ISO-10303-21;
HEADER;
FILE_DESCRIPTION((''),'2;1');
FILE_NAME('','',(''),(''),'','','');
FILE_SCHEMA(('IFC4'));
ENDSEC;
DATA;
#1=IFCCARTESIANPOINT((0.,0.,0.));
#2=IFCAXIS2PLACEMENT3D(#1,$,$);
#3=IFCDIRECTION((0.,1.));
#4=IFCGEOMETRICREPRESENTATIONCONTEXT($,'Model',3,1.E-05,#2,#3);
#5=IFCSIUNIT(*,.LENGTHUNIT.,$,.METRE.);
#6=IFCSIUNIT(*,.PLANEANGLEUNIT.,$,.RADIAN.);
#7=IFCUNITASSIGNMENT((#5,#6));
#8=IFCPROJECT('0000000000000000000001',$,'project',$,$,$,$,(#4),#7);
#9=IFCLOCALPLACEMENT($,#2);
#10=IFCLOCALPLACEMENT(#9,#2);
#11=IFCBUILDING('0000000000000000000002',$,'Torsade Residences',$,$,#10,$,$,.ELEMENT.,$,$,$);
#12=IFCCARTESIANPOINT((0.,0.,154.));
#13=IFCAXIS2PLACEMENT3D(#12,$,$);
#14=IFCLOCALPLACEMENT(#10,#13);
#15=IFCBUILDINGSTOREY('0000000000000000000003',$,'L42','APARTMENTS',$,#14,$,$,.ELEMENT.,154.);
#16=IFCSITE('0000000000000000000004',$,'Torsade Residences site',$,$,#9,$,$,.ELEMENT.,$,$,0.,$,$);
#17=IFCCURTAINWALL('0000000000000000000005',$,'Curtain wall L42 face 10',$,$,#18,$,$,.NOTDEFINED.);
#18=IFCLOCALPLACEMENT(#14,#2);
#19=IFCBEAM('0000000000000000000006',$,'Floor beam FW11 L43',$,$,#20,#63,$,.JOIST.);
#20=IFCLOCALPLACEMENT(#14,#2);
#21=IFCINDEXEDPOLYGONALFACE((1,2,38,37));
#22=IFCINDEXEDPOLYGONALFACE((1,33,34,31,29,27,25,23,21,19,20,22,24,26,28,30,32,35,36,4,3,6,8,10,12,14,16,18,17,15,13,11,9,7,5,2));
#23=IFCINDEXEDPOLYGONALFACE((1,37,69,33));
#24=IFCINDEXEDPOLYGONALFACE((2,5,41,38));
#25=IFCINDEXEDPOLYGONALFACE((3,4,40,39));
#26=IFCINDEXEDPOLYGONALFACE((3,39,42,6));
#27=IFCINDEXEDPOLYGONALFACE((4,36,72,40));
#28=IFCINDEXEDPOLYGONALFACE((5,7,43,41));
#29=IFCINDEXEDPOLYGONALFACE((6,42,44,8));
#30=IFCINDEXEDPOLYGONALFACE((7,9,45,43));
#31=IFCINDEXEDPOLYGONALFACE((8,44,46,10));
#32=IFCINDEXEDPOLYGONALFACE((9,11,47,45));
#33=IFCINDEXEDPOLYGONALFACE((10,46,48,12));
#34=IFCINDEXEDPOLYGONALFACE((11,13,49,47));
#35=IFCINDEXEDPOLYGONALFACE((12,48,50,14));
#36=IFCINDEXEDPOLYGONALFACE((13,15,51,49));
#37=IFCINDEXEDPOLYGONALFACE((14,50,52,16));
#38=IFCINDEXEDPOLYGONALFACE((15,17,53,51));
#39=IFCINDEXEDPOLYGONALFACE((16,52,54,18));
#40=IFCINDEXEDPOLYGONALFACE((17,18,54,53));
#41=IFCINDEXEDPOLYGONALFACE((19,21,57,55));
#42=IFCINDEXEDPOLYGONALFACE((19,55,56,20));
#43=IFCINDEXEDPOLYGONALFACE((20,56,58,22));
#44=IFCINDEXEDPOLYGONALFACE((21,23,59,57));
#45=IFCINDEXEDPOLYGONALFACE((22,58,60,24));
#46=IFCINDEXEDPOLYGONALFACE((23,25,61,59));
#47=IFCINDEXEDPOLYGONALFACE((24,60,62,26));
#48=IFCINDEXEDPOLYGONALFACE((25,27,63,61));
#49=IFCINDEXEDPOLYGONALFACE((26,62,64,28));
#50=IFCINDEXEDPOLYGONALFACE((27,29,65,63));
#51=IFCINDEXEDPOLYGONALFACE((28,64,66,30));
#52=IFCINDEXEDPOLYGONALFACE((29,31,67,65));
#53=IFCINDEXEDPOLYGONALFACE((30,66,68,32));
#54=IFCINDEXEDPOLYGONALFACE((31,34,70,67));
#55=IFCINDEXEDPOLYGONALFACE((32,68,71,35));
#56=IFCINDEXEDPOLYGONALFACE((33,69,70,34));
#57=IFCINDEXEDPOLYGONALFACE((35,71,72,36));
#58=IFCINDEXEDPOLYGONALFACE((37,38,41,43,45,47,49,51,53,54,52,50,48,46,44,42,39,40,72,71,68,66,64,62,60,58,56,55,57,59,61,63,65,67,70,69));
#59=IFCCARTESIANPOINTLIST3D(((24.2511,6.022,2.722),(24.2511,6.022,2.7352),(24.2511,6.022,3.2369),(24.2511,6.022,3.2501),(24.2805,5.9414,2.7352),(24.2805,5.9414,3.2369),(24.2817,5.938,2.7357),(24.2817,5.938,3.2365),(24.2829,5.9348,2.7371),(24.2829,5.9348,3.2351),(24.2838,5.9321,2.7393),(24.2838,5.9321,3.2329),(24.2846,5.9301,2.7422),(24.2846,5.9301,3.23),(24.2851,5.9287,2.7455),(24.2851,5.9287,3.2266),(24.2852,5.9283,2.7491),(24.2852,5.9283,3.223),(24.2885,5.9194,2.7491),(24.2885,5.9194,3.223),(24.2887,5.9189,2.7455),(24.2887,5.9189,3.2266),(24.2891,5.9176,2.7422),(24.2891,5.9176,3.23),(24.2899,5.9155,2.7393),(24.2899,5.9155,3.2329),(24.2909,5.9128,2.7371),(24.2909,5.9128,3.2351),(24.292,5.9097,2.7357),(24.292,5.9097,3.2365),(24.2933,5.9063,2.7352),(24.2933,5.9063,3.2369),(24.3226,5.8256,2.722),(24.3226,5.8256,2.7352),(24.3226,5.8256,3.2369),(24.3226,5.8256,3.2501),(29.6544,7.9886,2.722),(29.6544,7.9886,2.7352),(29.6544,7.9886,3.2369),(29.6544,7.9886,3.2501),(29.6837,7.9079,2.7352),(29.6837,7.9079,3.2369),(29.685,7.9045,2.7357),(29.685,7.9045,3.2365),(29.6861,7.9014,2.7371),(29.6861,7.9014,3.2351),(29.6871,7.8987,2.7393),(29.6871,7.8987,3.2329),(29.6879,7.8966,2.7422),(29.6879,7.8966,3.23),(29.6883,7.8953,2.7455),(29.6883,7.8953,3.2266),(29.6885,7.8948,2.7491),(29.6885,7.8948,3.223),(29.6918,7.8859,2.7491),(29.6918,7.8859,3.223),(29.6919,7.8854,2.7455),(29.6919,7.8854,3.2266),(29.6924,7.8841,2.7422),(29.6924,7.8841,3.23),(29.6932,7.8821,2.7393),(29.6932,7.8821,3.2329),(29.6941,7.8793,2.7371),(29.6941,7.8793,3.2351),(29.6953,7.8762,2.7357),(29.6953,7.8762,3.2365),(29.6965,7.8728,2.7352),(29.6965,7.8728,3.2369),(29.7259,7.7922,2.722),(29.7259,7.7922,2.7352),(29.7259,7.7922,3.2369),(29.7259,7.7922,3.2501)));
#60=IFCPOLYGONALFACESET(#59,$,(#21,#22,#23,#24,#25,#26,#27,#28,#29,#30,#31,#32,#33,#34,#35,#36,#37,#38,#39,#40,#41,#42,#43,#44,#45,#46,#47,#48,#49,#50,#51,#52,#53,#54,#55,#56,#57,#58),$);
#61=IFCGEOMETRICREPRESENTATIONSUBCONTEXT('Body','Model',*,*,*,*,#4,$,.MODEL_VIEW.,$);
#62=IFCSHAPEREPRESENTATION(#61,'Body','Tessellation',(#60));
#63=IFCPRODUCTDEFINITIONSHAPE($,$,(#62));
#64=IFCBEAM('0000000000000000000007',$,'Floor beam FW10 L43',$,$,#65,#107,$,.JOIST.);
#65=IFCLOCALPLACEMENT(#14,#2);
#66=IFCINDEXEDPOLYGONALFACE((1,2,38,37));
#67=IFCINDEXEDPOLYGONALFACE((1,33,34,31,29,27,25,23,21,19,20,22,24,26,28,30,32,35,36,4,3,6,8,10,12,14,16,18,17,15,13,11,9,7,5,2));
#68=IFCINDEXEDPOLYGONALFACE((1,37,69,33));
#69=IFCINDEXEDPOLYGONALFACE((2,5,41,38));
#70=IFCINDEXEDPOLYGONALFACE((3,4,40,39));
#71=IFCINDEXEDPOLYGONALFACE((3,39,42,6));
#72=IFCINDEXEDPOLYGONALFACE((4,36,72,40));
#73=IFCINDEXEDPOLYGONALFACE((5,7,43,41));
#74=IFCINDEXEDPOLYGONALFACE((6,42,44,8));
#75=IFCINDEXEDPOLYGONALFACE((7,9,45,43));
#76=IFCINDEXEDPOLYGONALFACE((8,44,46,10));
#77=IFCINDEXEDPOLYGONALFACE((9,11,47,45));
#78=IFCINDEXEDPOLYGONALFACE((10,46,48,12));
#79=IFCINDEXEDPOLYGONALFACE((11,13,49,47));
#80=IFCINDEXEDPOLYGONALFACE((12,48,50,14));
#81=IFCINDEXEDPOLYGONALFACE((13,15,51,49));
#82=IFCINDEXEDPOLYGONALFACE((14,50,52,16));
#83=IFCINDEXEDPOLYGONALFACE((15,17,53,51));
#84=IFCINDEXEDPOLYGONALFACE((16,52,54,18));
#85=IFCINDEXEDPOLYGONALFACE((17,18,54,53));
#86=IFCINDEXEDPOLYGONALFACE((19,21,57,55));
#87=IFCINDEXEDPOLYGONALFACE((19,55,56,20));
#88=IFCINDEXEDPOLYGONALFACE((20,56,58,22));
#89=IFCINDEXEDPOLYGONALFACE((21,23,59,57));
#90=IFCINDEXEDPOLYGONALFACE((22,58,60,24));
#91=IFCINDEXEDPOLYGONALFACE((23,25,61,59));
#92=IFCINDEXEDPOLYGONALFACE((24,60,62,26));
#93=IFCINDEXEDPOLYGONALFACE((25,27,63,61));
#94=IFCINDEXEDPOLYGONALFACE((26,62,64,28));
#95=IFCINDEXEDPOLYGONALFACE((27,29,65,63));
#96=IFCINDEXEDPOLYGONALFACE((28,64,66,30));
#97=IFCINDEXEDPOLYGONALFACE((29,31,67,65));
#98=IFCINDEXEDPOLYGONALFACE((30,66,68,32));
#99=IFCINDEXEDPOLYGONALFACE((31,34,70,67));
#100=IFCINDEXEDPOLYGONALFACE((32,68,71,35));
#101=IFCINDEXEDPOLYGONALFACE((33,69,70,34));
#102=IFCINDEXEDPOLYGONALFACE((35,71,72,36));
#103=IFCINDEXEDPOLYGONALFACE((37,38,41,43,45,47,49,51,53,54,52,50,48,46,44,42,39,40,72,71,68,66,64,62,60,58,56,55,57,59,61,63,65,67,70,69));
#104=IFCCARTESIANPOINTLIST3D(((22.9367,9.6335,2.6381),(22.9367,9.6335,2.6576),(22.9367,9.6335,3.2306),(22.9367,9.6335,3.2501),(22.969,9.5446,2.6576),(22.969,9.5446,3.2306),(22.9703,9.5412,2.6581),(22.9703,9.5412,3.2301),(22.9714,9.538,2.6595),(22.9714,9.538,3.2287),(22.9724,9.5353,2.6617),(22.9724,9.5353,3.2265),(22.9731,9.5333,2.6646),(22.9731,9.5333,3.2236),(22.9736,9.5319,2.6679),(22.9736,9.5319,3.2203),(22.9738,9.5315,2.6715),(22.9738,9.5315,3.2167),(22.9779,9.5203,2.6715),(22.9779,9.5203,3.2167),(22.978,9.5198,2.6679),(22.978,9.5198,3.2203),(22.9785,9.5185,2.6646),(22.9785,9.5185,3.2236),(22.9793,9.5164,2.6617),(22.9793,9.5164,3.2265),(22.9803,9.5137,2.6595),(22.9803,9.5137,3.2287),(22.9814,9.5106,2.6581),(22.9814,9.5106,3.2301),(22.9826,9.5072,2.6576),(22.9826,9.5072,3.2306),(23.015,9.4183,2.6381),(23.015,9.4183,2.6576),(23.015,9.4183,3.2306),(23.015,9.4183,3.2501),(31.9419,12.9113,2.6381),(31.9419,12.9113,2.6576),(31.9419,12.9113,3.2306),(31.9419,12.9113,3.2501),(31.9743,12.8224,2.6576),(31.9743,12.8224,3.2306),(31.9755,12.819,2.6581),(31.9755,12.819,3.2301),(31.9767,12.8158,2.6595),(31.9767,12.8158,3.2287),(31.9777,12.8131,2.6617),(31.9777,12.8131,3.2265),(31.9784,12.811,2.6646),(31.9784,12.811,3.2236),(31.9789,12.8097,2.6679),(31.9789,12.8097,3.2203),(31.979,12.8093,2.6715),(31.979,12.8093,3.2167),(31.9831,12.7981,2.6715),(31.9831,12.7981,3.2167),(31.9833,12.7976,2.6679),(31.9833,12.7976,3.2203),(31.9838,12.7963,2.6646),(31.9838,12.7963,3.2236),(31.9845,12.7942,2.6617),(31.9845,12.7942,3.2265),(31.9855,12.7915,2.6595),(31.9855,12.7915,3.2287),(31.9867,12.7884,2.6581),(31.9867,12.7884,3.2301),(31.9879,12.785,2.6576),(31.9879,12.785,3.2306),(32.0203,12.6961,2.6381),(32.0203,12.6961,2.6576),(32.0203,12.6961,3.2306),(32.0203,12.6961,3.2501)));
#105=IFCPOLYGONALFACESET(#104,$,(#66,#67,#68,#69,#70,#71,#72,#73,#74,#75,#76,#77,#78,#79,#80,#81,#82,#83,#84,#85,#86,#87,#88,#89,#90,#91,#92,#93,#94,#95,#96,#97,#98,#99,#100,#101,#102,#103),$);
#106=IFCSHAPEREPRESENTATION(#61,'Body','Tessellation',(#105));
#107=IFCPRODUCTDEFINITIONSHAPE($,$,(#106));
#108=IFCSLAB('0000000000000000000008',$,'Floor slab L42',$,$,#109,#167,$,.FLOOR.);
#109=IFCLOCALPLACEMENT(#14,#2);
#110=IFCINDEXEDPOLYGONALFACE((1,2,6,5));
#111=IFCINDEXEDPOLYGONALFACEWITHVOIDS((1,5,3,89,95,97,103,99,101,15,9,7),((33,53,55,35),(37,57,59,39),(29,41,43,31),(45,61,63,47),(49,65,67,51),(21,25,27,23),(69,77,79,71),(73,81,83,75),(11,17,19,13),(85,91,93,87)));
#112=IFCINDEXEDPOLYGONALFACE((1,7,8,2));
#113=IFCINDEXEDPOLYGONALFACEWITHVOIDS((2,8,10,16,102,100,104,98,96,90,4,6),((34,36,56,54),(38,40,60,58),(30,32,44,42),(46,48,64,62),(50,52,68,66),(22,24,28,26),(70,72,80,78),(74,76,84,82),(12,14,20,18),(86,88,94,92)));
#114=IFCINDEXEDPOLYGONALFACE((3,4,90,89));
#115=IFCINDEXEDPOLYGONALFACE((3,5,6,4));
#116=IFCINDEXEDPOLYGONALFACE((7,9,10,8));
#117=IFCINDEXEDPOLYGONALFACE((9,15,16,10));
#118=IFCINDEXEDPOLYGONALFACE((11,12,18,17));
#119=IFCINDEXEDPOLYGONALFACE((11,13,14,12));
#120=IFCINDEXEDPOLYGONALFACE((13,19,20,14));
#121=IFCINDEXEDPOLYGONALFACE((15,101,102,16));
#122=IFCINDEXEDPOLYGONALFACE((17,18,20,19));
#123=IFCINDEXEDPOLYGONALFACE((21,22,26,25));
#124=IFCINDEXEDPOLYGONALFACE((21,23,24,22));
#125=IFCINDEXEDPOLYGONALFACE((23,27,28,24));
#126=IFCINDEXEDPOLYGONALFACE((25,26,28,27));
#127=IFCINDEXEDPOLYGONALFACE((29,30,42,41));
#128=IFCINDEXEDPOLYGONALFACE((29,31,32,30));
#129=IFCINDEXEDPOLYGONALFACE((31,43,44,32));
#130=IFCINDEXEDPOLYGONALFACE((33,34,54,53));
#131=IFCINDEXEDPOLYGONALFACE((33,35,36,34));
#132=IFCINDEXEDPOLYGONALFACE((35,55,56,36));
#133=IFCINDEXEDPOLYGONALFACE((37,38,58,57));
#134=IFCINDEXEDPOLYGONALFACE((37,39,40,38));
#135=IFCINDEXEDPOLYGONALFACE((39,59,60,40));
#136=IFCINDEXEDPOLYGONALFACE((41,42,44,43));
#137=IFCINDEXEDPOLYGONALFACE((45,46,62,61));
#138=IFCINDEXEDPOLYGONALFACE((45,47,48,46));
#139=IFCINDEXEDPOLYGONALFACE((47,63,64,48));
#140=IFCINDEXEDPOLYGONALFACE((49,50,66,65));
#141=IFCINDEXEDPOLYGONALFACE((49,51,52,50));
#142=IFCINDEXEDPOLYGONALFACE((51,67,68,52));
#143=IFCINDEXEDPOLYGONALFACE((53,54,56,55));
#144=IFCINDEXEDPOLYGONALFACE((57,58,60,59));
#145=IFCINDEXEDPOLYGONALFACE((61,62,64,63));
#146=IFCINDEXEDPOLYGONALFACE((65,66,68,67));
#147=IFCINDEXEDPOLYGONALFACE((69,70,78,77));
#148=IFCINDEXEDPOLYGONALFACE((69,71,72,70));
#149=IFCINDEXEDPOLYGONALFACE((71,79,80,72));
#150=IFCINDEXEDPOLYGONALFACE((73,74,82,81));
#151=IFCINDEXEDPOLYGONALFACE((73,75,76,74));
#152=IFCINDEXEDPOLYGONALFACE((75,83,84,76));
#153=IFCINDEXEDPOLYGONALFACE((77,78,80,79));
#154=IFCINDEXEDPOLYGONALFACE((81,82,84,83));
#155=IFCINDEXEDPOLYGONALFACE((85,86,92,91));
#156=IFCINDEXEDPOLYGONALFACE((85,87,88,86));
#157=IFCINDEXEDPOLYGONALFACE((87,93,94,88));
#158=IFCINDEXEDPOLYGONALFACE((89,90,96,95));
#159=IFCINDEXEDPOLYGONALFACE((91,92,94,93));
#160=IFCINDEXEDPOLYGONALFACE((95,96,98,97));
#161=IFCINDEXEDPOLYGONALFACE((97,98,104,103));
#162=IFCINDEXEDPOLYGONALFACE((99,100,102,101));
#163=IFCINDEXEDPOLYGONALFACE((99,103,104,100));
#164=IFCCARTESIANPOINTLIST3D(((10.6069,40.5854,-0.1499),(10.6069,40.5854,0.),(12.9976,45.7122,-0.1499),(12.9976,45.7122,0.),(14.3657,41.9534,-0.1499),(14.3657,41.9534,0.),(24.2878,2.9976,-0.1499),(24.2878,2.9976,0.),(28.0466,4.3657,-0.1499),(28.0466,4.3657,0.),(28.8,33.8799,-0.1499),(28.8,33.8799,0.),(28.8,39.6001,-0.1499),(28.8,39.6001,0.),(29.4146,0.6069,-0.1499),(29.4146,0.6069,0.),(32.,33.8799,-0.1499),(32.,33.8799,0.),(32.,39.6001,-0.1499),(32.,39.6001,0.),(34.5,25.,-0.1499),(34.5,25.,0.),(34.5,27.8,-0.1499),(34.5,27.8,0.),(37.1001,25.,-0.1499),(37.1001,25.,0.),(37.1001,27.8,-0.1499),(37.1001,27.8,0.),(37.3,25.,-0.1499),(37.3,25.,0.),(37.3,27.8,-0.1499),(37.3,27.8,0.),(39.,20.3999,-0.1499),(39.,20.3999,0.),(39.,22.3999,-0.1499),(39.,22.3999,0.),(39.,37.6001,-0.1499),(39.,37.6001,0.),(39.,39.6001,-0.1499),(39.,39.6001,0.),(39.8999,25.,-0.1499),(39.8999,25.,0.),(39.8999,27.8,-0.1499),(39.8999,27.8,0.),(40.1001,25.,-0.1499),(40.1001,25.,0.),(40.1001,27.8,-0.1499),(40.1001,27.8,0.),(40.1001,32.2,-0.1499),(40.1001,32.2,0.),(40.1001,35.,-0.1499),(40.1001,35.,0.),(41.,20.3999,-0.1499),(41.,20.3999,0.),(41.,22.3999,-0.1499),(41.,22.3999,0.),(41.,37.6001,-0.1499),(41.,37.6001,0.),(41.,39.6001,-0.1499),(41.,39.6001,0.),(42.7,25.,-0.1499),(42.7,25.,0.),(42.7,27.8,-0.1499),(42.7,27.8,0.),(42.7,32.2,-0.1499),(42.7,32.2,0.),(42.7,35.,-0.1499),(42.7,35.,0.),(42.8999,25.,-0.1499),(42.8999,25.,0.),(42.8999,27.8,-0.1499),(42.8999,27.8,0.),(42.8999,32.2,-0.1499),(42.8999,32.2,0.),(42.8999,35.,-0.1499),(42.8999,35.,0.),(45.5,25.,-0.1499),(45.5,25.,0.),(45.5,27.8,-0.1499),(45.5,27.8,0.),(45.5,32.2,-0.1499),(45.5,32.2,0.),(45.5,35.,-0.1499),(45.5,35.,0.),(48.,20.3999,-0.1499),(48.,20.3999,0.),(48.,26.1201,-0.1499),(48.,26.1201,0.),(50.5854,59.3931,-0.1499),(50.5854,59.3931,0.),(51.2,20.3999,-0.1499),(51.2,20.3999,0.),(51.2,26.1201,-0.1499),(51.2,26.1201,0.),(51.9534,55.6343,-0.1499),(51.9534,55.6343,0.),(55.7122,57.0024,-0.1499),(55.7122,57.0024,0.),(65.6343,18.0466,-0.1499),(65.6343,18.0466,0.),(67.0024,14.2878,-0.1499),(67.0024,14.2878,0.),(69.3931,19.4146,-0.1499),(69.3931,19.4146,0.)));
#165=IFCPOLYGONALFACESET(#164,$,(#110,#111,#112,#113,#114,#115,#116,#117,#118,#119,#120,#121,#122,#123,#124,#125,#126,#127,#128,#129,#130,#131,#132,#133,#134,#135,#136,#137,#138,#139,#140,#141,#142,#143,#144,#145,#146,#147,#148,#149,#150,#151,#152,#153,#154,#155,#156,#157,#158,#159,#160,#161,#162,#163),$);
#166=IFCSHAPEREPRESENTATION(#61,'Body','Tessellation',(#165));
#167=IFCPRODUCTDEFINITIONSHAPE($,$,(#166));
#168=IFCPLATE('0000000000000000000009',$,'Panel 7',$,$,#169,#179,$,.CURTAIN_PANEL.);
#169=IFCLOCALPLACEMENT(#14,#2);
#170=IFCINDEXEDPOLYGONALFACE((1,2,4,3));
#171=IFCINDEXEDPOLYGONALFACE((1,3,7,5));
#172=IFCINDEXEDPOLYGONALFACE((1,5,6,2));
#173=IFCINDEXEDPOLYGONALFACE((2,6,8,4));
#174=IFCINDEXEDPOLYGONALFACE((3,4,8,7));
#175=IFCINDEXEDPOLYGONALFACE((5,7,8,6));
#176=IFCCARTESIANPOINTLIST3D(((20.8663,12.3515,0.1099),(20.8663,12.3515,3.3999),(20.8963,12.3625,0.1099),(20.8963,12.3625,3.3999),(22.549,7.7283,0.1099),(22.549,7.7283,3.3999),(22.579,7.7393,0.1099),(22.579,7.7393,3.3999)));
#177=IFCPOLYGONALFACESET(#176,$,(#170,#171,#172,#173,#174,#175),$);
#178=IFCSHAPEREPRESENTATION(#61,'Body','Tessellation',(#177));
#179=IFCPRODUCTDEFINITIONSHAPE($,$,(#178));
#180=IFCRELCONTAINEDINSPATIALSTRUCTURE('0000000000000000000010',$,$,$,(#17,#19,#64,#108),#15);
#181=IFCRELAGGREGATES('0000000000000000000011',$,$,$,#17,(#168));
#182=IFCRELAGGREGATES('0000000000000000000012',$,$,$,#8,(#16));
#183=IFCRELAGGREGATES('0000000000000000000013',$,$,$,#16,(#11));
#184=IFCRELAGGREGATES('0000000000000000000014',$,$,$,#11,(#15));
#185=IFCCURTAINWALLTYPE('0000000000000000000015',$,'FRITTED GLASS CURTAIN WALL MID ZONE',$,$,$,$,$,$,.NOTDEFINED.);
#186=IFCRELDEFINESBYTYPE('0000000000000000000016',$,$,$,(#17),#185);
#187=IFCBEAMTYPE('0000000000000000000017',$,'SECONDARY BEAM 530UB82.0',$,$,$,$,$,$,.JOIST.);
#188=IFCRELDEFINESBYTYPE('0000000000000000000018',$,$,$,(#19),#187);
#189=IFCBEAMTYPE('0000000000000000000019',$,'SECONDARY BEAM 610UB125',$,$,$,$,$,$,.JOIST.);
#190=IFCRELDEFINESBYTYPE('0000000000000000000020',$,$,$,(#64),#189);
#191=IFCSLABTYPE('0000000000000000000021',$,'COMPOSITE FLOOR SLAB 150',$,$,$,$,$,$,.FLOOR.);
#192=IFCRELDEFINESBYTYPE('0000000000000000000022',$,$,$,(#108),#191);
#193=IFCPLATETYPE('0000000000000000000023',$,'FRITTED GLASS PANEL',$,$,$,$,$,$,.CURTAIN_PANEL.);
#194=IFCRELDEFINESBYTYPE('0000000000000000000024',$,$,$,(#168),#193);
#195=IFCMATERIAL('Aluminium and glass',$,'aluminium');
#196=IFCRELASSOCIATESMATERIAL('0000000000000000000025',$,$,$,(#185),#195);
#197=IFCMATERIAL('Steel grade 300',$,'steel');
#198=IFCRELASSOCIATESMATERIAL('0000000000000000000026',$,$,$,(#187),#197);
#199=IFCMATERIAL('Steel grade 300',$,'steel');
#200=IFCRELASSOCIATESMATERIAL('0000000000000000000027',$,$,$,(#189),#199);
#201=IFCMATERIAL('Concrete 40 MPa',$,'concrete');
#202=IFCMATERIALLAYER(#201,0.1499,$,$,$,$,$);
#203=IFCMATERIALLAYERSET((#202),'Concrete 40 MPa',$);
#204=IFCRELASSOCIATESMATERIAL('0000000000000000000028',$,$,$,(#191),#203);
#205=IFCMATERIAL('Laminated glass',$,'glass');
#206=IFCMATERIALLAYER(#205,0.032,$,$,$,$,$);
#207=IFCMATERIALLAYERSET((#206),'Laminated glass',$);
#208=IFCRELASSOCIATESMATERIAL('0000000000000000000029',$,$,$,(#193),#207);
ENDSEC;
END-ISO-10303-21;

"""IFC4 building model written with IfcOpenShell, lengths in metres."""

from ifc_helpers import new_model, si_unit, direction, frame, origin, origin_2d, place, context, subcontext, project, spatial, polyline, rectangle, i_section, outline, extrude, material, layer, layer_set, material_profile, profile_set, type_object, element, aggregate, save


model = new_model("IFC4")

# Units and contexts
model_context = context("Model", 3, precision=1e-05, world=origin(), true_north=direction((0.0, 1.0)))
body_context = subcontext(model_context, "Body", "Model", "MODEL_VIEW")
ifc_project = project(units=[si_unit("LENGTHUNIT", "METRE"), si_unit("PLANEANGLEUNIT", "RADIAN")], contexts=[model_context])

# Site, building, storey
site_placement = place(None, origin())
site = spatial("IfcSite", under=ifc_project, at=site_placement, Name="Torsade Residences site", CompositionType="ELEMENT", RefElevation=0.0)
building_placement = place(site_placement, origin())
building = spatial("IfcBuilding", under=site, at=building_placement, Name="Torsade Residences", CompositionType="ELEMENT")
storey_placement = place(building_placement, frame((0.0, 0.0, 154.0)))
storey = spatial("IfcBuildingStorey", under=building, at=storey_placement, Name="L42", Description="APARTMENTS", CompositionType="ELEMENT", Elevation=154.0)

# Curtain wall
ifc_material_1 = material(Name="Aluminium and glass", Category="aluminium")
curtain_wall_type = type_object("IfcCurtainWallType", Name="FRITTED GLASS CURTAIN WALL MID ZONE", PredefinedType="NOTDEFINED", material=ifc_material_1)
curtain_wall_placement = place(storey_placement, origin())
curtain_wall = element("IfcCurtainWall", 1, at=curtain_wall_placement, inside=storey, type_object=curtain_wall_type, Name="Curtain wall L42 face 10", PredefinedType="NOTDEFINED")

# Beams
ifc_material_2 = material(Name="Steel grade 300", Category="steel")
ifc_material_profile_1 = material_profile(ifc_material_2, i_section(OverallWidth=0.209, OverallDepth=0.5281, WebThickness=0.0095, FlangeThickness=0.0132, FilletRadius=0.0139, at=origin_2d()), Name="530UB82.0")
ifc_profile_set_1 = profile_set([ifc_material_profile_1], Name="Steel grade 300")
beam_type_1 = type_object("IfcBeamType", Name="SECONDARY BEAM 530UB82.0", PredefinedType="JOIST", material=ifc_profile_set_1)
beam_1_placement = place(storey_placement, frame((24.2869, 5.9238, 2.9861), z_axis=(0.939698, 0.342006, 0.0), x_axis=(-0.342006, 0.939698, 0.0)))
element("IfcBeam", 2, at=beam_1_placement, inside=storey, type_object=beam_type_1, Name="Floor beam FW11 L43", PredefinedType="JOIST", context=body_context, shape_type="SweptSolid", body=[
    extrude(i_section(OverallWidth=0.209, OverallDepth=0.5281, WebThickness=0.0095, FlangeThickness=0.0132, FilletRadius=0.0139, at=origin_2d()), origin(), (0.0, 0.0, 1.0), 5.75),
])
ifc_material_3 = material(Name="Steel grade 300", Category="steel")
ifc_material_profile_2 = material_profile(ifc_material_3, i_section(OverallWidth=0.229, OverallDepth=0.6121, WebThickness=0.012, FlangeThickness=0.0195, FilletRadius=0.0139, at=origin_2d()), Name="610UB125")
ifc_profile_set_2 = profile_set([ifc_material_profile_2], Name="Steel grade 300")
beam_type_2 = type_object("IfcBeamType", Name="SECONDARY BEAM 610UB125", PredefinedType="JOIST", material=ifc_profile_set_2)
beam_2_placement = place(storey_placement, frame((22.9758, 9.5259, 2.9441), z_axis=(0.939688, 0.342034, 0.0), x_axis=(-0.342034, 0.939688, 0.0)))
element("IfcBeam", 3, at=beam_2_placement, inside=storey, type_object=beam_type_2, Name="Floor beam FW10 L43", PredefinedType="JOIST", context=body_context, shape_type="SweptSolid", body=[
    extrude(i_section(OverallWidth=0.229, OverallDepth=0.6121, WebThickness=0.012, FlangeThickness=0.0195, FilletRadius=0.0139, at=origin_2d()), origin(), (0.0, 0.0, 1.0), 9.5833),
])

# Slab
ifc_material_4 = material(Name="Concrete 40 MPa", Category="concrete")
ifc_layer_1 = layer(ifc_material_4, 0.1499)
ifc_layer_set_1 = layer_set([ifc_layer_1], Name="Concrete 40 MPa")
slab_type_1 = type_object("IfcSlabType", Name="COMPOSITE FLOOR SLAB 150", PredefinedType="FLOOR", material=ifc_layer_set_1)
slab_1_placement = place(storey_placement, frame((0.0, 0.0, -0.1499)))
element("IfcSlab", 4, at=slab_1_placement, inside=storey, type_object=slab_type_1, Name="Floor slab L42", PredefinedType="FLOOR", context=body_context, shape_type="SweptSolid", body=[
    extrude(outline(polyline([(29.4146, 0.6069), (67.0024, 14.2878), (65.6343, 18.0466), (69.3931, 19.4146), (55.7122, 57.0024), (51.9534, 55.6343), (50.5854, 59.3931), (12.9976, 45.7122), (14.3657, 41.9534), (10.6069, 40.5854), (24.2878, 2.9976), (28.0466, 4.3657), (29.4146, 0.6069)]), holes=[polyline([(51.2, 26.1201), (48.0, 26.1201), (48.0, 20.3999), (51.2, 20.3999), (51.2, 26.1201)]), polyline([(45.5, 27.8), (42.8999, 27.8), (42.8999, 25.0), (45.5, 25.0), (45.5, 27.8)]), polyline([(45.5, 35.0), (42.8999, 35.0), (42.8999, 32.2), (45.5, 32.2), (45.5, 35.0)]), polyline([(42.7, 25.0), (42.7, 27.8), (40.1001, 27.8), (40.1001, 25.0), (42.7, 25.0)]), polyline([(42.7, 35.0), (40.1001, 35.0), (40.1001, 32.2), (42.7, 32.2), (42.7, 35.0)]), polyline([(41.0, 22.3999), (39.0, 22.3999), (39.0, 20.3999), (41.0, 20.3999), (41.0, 22.3999)]), polyline([(41.0, 37.6001), (41.0, 39.6001), (39.0, 39.6001), (39.0, 37.6001), (41.0, 37.6001)]), polyline([(39.8999, 25.0), (39.8999, 27.8), (37.3, 27.8), (37.3, 25.0), (39.8999, 25.0)]), polyline([(37.1001, 27.8), (34.5, 27.8), (34.5, 25.0), (37.1001, 25.0), (37.1001, 27.8)]), polyline([(32.0, 33.8799), (32.0, 39.6001), (28.8, 39.6001), (28.8, 33.8799), (32.0, 33.8799)])]), origin(), (0.0, 0.0, 1.0), 0.1499),
])

# Plate
ifc_material_5 = material(Name="Laminated glass", Category="glass")
ifc_layer_2 = layer(ifc_material_5, 0.032)
ifc_layer_set_2 = layer_set([ifc_layer_2], Name="Laminated glass")
plate_type = type_object("IfcPlateType", Name="FRITTED GLASS PANEL", PredefinedType="CURTAIN_PANEL", material=ifc_layer_set_2)
plate_1_placement = place(storey_placement, frame((21.7227, 10.0454, 0.1099), z_axis=(0.0, 0.0, 1.0), x_axis=(0.34202, -0.939693, 0.0)))
plate_1 = element("IfcPlate", 5, at=plate_1_placement, type_object=plate_type, Name="Panel 7", PredefinedType="CURTAIN_PANEL", context=body_context, shape_type="SweptSolid", body=[
    extrude(rectangle(XDim=4.9199, YDim=0.032, at=origin_2d()), origin(), (0.0, 0.0, 1.0), 3.29),
])
aggregate(curtain_wall, [plate_1])

save(model, "model.ifc")
